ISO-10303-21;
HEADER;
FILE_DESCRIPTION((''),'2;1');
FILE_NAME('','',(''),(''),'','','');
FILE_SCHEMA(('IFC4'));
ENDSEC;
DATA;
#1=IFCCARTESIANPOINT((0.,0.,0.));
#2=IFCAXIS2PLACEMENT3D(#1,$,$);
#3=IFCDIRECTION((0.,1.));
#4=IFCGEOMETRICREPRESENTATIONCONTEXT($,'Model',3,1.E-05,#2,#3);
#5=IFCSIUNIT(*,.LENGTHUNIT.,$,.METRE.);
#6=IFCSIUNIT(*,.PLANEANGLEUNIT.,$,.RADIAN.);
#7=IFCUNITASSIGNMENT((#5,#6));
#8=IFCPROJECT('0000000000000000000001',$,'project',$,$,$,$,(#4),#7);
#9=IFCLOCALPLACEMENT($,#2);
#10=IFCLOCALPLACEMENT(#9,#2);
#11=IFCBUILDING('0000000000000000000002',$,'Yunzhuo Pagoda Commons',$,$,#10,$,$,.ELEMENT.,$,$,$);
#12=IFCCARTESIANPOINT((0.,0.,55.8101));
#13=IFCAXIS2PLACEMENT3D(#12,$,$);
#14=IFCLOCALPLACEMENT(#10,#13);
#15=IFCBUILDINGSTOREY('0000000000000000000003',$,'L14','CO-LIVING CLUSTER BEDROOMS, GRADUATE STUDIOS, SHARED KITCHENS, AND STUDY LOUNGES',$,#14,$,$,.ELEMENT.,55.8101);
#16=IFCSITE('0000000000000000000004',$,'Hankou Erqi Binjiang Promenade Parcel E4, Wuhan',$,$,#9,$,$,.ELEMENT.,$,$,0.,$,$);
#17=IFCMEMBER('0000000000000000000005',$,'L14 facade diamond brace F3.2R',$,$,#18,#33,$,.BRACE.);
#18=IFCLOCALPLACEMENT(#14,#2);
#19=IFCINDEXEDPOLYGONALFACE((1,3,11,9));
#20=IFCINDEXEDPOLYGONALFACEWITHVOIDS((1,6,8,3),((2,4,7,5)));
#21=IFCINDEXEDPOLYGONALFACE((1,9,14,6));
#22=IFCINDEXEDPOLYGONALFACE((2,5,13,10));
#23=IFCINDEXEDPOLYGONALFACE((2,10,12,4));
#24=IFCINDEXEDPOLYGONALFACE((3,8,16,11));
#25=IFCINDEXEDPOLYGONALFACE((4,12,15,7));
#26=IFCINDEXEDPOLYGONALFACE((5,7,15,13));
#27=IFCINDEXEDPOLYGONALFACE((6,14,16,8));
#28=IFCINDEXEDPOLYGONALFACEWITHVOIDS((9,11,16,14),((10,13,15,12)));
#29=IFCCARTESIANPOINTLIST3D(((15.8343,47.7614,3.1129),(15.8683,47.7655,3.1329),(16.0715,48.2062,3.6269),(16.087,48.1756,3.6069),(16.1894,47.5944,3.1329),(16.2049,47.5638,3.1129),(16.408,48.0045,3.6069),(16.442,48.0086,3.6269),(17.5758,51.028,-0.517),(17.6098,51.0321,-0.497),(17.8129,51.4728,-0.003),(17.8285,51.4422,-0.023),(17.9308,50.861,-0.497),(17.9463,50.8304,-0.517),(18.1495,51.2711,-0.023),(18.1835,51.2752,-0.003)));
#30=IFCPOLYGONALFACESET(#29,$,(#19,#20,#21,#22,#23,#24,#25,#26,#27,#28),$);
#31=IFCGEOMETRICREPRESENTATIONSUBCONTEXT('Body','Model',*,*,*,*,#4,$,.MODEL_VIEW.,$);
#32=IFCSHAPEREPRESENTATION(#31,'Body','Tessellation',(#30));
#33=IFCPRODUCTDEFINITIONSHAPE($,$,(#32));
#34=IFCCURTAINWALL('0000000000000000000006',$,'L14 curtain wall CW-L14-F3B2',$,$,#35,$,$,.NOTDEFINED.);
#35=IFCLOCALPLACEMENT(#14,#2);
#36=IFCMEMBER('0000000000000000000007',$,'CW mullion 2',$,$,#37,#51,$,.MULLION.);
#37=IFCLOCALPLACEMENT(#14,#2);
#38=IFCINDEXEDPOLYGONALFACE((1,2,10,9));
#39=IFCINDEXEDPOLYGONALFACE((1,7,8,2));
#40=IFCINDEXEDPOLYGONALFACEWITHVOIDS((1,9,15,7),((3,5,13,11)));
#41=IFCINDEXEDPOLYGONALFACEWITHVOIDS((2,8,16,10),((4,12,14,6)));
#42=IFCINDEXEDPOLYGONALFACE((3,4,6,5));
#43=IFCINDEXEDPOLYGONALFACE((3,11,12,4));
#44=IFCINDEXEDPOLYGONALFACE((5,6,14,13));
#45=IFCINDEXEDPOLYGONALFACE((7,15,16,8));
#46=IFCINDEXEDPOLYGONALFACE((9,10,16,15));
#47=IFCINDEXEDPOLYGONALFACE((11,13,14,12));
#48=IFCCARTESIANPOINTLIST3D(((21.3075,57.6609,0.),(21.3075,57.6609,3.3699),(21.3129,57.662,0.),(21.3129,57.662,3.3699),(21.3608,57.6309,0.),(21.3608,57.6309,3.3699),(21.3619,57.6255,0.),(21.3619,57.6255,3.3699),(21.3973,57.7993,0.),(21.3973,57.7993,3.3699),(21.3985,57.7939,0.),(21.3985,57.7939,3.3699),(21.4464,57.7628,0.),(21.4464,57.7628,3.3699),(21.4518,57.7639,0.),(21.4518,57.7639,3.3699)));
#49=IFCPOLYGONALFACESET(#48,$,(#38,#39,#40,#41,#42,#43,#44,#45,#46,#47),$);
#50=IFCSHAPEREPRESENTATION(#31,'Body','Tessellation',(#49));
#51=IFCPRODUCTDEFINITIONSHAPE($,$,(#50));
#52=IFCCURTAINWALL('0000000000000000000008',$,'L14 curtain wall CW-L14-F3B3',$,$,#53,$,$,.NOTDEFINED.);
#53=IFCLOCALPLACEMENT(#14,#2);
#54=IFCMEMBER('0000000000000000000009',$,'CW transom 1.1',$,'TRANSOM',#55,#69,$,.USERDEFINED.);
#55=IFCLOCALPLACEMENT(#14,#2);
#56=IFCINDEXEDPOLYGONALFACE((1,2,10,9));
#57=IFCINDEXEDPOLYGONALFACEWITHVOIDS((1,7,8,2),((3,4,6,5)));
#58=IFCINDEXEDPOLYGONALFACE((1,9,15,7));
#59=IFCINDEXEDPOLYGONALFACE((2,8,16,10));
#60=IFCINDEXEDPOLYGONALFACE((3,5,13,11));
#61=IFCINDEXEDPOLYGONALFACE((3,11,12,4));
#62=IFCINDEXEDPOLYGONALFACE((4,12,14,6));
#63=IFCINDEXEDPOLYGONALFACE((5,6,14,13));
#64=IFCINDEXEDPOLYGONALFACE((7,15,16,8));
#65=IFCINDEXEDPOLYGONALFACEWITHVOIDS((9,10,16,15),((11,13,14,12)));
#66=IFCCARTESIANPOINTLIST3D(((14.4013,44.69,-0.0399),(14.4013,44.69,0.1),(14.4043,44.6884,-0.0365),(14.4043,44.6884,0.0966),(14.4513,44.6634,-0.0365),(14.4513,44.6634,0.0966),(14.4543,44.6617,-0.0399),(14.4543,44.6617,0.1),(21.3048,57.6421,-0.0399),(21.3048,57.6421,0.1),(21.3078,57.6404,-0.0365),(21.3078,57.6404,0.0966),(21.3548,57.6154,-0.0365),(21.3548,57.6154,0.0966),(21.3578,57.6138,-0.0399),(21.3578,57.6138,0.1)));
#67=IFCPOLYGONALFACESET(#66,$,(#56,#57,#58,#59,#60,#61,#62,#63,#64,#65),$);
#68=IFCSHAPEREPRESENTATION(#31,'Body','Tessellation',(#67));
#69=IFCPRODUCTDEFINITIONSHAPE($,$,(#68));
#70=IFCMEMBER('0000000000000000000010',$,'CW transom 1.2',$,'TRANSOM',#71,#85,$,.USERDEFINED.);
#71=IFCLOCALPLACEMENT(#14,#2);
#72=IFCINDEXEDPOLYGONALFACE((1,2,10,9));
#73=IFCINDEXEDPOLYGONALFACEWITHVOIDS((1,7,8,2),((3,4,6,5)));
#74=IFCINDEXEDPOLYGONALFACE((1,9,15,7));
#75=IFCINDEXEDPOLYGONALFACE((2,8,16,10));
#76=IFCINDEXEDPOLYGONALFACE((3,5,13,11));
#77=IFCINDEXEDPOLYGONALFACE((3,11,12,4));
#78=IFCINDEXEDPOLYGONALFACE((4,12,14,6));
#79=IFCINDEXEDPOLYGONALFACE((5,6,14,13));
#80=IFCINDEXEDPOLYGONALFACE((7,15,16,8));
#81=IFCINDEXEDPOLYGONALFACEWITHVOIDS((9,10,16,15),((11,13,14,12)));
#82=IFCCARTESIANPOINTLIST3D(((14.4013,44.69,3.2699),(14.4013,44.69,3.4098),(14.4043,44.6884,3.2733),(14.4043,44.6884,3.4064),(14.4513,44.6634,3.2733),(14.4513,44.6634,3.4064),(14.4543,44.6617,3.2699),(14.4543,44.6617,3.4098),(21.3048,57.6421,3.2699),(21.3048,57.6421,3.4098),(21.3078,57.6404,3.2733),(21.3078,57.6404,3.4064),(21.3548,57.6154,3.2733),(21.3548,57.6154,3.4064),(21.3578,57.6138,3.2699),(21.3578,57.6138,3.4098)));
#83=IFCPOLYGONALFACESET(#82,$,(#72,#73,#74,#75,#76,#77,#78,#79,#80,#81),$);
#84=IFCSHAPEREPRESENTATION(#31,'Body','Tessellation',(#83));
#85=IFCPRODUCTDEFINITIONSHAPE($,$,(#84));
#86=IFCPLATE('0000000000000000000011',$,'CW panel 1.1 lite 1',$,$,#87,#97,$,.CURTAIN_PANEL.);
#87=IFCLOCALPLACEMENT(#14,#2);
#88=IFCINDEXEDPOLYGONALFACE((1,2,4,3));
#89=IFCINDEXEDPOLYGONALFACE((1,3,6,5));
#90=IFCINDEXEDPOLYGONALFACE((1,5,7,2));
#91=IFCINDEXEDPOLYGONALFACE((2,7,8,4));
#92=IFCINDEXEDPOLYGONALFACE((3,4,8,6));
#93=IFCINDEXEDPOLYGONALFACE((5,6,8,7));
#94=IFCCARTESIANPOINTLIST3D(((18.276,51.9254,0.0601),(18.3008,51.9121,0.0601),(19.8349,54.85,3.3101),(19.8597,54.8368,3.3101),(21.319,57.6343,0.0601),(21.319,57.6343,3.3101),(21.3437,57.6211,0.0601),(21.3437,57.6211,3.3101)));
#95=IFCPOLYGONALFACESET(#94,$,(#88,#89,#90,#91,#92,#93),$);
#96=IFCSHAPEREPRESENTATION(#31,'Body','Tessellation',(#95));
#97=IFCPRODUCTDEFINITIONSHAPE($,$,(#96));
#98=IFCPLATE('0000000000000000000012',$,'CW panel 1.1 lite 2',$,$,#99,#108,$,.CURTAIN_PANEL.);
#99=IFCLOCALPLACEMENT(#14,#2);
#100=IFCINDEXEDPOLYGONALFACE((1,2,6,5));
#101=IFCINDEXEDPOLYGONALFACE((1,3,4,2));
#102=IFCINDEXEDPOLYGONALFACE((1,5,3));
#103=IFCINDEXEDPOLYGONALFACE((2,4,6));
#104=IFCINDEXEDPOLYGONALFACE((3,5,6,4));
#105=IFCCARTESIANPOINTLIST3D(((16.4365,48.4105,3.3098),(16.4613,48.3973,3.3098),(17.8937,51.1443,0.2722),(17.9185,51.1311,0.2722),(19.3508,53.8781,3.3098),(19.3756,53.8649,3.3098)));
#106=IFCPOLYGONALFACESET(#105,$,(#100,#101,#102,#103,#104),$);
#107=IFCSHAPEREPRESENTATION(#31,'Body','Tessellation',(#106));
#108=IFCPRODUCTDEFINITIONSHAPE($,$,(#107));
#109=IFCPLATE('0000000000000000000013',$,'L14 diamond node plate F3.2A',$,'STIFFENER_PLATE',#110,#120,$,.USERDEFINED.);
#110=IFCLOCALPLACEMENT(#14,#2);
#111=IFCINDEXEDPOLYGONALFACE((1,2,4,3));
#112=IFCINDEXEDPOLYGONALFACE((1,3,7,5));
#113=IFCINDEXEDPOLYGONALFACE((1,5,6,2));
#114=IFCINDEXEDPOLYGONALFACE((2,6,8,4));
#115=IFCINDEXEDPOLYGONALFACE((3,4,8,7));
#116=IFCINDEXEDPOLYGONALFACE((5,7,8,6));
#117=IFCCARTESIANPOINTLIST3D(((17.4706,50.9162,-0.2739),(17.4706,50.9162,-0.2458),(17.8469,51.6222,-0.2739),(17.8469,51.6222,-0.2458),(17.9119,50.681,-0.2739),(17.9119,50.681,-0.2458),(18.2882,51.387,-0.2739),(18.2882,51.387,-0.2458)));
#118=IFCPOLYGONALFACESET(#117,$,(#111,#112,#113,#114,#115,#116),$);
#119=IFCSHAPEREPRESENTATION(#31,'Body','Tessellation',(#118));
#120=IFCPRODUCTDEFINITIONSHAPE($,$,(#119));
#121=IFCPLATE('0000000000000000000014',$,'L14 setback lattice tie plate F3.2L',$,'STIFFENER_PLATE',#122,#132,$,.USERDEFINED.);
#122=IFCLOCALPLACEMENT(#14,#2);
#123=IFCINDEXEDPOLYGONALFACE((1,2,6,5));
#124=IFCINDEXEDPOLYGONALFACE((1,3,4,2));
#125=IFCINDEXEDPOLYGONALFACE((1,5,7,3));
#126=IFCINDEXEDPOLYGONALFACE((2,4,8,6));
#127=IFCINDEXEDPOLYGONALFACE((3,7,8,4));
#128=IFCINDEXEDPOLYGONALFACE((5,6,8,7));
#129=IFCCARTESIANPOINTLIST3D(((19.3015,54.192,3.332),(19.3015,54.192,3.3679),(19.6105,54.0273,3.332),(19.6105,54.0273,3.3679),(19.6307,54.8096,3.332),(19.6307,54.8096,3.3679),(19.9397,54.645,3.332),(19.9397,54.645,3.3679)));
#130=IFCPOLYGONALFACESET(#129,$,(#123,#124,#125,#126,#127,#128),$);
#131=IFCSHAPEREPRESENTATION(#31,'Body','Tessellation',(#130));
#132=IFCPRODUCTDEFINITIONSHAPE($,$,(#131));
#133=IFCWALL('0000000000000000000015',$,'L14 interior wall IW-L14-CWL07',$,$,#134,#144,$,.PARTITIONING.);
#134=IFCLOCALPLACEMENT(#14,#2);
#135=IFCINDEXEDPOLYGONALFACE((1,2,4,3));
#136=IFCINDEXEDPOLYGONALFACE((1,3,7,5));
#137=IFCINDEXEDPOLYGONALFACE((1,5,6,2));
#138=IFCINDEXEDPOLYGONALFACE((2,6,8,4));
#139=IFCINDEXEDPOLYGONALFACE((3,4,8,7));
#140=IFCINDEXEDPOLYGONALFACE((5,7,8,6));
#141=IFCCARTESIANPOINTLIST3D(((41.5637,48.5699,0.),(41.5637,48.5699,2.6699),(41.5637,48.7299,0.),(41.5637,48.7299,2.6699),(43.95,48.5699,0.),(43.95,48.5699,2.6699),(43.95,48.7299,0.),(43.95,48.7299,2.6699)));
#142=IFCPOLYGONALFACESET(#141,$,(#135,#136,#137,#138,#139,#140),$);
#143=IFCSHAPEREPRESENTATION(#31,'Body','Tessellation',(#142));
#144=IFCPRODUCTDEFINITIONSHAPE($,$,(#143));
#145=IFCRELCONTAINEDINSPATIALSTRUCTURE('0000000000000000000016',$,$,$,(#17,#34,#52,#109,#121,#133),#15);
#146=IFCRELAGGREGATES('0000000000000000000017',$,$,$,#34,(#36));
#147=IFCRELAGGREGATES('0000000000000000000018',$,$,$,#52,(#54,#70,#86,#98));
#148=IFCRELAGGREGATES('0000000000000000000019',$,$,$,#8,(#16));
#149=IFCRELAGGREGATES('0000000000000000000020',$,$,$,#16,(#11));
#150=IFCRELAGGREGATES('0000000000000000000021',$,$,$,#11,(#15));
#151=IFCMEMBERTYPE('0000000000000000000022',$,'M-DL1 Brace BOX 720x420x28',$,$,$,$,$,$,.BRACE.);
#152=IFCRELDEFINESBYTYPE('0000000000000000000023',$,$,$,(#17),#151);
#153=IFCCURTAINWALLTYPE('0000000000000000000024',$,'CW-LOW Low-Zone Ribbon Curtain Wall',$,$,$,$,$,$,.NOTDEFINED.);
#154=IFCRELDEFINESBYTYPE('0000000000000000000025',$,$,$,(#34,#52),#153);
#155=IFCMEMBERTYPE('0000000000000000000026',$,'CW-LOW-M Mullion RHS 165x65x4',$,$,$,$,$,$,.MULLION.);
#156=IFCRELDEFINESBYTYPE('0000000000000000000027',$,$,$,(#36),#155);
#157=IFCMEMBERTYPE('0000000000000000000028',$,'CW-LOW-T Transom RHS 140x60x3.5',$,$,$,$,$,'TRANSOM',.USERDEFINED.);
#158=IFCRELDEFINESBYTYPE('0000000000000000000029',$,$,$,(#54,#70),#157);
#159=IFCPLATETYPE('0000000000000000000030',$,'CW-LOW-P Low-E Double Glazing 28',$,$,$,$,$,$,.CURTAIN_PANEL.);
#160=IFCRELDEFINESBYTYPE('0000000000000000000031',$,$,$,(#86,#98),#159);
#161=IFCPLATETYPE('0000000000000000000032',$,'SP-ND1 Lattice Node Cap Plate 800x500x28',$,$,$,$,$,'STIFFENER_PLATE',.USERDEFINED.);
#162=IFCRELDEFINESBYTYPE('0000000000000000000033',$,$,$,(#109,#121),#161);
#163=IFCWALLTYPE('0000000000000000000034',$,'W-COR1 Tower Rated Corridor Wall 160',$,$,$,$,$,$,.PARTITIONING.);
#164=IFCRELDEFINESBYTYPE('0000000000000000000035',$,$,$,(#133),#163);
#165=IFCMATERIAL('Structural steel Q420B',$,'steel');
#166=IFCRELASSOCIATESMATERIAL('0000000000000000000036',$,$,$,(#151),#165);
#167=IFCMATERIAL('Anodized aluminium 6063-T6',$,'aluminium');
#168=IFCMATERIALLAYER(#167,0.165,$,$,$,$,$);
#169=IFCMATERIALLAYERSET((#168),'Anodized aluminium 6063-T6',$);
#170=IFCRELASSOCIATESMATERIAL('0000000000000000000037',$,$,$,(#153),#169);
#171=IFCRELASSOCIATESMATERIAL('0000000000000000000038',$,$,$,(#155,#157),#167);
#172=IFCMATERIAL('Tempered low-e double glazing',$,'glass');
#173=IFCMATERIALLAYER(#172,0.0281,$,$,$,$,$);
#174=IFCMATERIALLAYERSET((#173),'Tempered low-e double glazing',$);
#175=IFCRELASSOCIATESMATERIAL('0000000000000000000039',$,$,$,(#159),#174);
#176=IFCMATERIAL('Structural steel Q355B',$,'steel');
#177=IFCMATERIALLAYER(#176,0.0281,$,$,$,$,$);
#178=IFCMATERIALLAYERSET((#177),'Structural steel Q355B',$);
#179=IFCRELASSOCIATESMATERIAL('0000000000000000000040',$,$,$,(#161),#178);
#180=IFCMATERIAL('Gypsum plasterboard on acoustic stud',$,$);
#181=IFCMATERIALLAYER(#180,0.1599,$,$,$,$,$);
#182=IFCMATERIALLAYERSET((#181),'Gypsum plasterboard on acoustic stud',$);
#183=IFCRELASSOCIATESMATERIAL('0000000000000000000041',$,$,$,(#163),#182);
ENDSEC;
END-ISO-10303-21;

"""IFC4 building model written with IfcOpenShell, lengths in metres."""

from ifc_helpers import new_model, si_unit, direction, frame, frame_2d, origin, origin_2d, place, context, subcontext, project, spatial, polyline, rectangle, hollow_rectangle, outline, extrude, source, transform, mapped, material, layer, layer_set, material_profile, profile_set, type_object, element, aggregate, save


model = new_model("IFC4")

# Units and contexts
model_context = context("Model", 3, precision=1e-05, world=origin(), true_north=direction((0.0, 1.0)))
body_context = subcontext(model_context, "Body", "Model", "MODEL_VIEW")
ifc_project = project(units=[si_unit("LENGTHUNIT", "METRE"), si_unit("PLANEANGLEUNIT", "RADIAN")], contexts=[model_context])

# Site, building, storey
site_placement = place(None, origin())
site = spatial("IfcSite", under=ifc_project, at=site_placement, Name="Hankou Erqi Binjiang Promenade Parcel E4, Wuhan", CompositionType="ELEMENT", RefElevation=0.0)
building_placement = place(site_placement, origin())
building = spatial("IfcBuilding", under=site, at=building_placement, Name="Yunzhuo Pagoda Commons", CompositionType="ELEMENT")
storey_placement = place(building_placement, frame((0.0, 0.0, 55.8101)))
storey = spatial("IfcBuildingStorey", under=building, at=storey_placement, Name="L14", Description="CO-LIVING CLUSTER BEDROOMS, GRADUATE STUDIOS, SHARED KITCHENS, AND STUDY LOUNGES", CompositionType="ELEMENT", Elevation=55.8101)

# Shared definitions
ifc_material_1 = material(Name="Structural steel Q420B", Category="steel")

# Shared definitions
ifc_material_2 = material(Name="Structural steel Q355B", Category="steel")

# Member
ifc_material_profile_1 = material_profile(ifc_material_1, hollow_rectangle(XDim=0.4199, YDim=0.72, WallThickness=0.0281, at=origin_2d()), Name="Structural steel Q420B")
ifc_profile_set_1 = profile_set([ifc_material_profile_1], Name="Structural steel Q420B")
member_type_1 = type_object("IfcMemberType", Name="M-DL1 Brace BOX 720x420x28", PredefinedType="BRACE", material=ifc_profile_set_1)
shared_shape_1 = source(origin(), body_context, "Body", "SweptSolid", [
    extrude(hollow_rectangle(XDim=0.4199, YDim=0.72, WallThickness=0.0281, at=origin_2d()), origin(), (0.0, 0.0, 1.0), 5.1846),
])
for number, where, z_axis, x_axis, name in (
    (1, (17.8796, 51.1516, -0.26), (-0.335894, -0.630066, 0.700137), (0.882435, -0.470434, 0.0), "L14 facade diamond brace F3.2R"),
):
    element("IfcMember", number, at=place(storey_placement, frame(where, z_axis=z_axis, x_axis=x_axis)), inside=storey, type_object=member_type_1, Name=name, PredefinedType="BRACE", context=body_context, shape_type="MappedRepresentation", body=[
        mapped(shared_shape_1, transform((0.0, 0.0, 0.0), scale=1.0)),
    ])

# Curtain wall, member
ifc_material_3 = material(Name="Anodized aluminium 6063-T6", Category="aluminium")
ifc_layer_1 = layer(ifc_material_3, 0.165)
ifc_layer_set_1 = layer_set([ifc_layer_1], Name="Anodized aluminium 6063-T6")
curtain_wall_type = type_object("IfcCurtainWallType", Name="CW-LOW Low-Zone Ribbon Curtain Wall", PredefinedType="NOTDEFINED", material=ifc_layer_set_1)
curtain_wall_1_placement = place(storey_placement, origin())
curtain_wall_1 = element("IfcCurtainWall", 2, at=curtain_wall_1_placement, inside=storey, type_object=curtain_wall_type, Name="L14 curtain wall CW-L14-F3B2", PredefinedType="NOTDEFINED")
ifc_material_profile_2 = material_profile(ifc_material_3, hollow_rectangle(XDim=0.0649, YDim=0.165, WallThickness=0.0039, at=origin_2d()), Name="Anodized aluminium 6063-T6")
ifc_profile_set_2 = profile_set([ifc_material_profile_2], Name="Anodized aluminium 6063-T6")
member_type_2 = type_object("IfcMemberType", Name="CW-LOW-M Mullion RHS 165x65x4", PredefinedType="MULLION", material=ifc_profile_set_2)
shared_shape_2 = source(origin(), body_context, "Body", "SweptSolid", [
    extrude(hollow_rectangle(XDim=0.0649, YDim=0.165, WallThickness=0.0039, at=origin_2d()), origin(), (0.0, 0.0, 1.0), 3.3699),
])
member_1_placement = place(storey_placement, frame((21.3796, 57.7124, 0.0), z_axis=(0.0, 0.0, 1.0), x_axis=(0.838777, -0.544476, 0.0)))
member_1 = element("IfcMember", 3, at=member_1_placement, type_object=member_type_2, Name="CW mullion 2", PredefinedType="MULLION", context=body_context, shape_type="MappedRepresentation", body=[
    mapped(shared_shape_2, transform((0.0, 0.0, 0.0), scale=1.0)),
])
aggregate(curtain_wall_1, [member_1])

# Curtain wall, members, plates
curtain_wall_2_placement = place(storey_placement, origin())
curtain_wall_2 = element("IfcCurtainWall", 4, at=curtain_wall_2_placement, inside=storey, type_object=curtain_wall_type, Name="L14 curtain wall CW-L14-F3B3", PredefinedType="NOTDEFINED")
ifc_material_profile_3 = material_profile(ifc_material_3, hollow_rectangle(XDim=0.0601, YDim=0.1399, WallThickness=0.0034, at=origin_2d()), Name="Anodized aluminium 6063-T6")
ifc_profile_set_3 = profile_set([ifc_material_profile_3], Name="Anodized aluminium 6063-T6")
member_type_3 = type_object("IfcMemberType", Name="CW-LOW-T Transom RHS 140x60x3.5", ElementType="TRANSOM", PredefinedType="USERDEFINED", material=ifc_profile_set_3)
shared_shape_3 = source(origin(), body_context, "Body", "SweptSolid", [
    extrude(hollow_rectangle(XDim=0.0601, YDim=0.1399, WallThickness=0.0034, at=origin_2d()), origin(), (0.0, 0.0, 1.0), 14.677),
])
member_2_placement = place(storey_placement, frame((21.3313, 57.6279, 0.03), z_axis=(-0.470363, -0.882473, 0.0), x_axis=(0.882473, -0.470363, 0.0)))
member_2 = element("IfcMember", 5, at=member_2_placement, type_object=member_type_3, Name="CW transom 1.1", ObjectType="TRANSOM", PredefinedType="USERDEFINED", context=body_context, shape_type="MappedRepresentation", body=[
    mapped(shared_shape_3, transform((0.0, 0.0, 0.0), scale=1.0)),
])
member_3_placement = place(storey_placement, frame((21.3313, 57.6279, 3.3398), z_axis=(-0.470363, -0.882473, 0.0), x_axis=(0.882473, -0.470363, 0.0)))
member_3 = element("IfcMember", 6, at=member_3_placement, type_object=member_type_3, Name="CW transom 1.2", ObjectType="TRANSOM", PredefinedType="USERDEFINED", context=body_context, shape_type="MappedRepresentation", body=[
    mapped(shared_shape_3, transform((0.0, 0.0, 0.0), scale=1.0)),
])
ifc_material_4 = material(Name="Tempered low-e double glazing", Category="glass")
ifc_layer_2 = layer(ifc_material_4, 0.0281)
ifc_layer_set_2 = layer_set([ifc_layer_2], Name="Tempered low-e double glazing")
plate_type_1 = type_object("IfcPlateType", Name="CW-LOW-P Low-E Double Glazing 28", PredefinedType="CURTAIN_PANEL", material=ifc_layer_set_2)
plate_1_placement = place(storey_placement, frame((19.8223, 54.7666, 1.6851), z_axis=(-0.88247, 0.470369, 0.0), x_axis=(-0.470369, -0.88247, 0.0)))
plate_1 = element("IfcPlate", 7, at=plate_1_placement, type_object=plate_type_1, Name="CW panel 1.1 lite 1", PredefinedType="CURTAIN_PANEL", context=body_context, shape_type="SweptSolid", body=[
    extrude(outline(polyline([(-3.2346, -1.625), (3.2346, -1.625), (-0.0796, 1.625), (-3.2346, 1.625), (-3.2346, -1.625)])), origin(), (0.0, 0.0, 1.0), 0.0281),
])
plate_2_placement = place(storey_placement, frame((17.9185, 51.1311, 1.791), z_axis=(-0.88247, 0.470369, 0.0), x_axis=(-0.470369, -0.88247, 0.0)))
plate_2 = element("IfcPlate", 8, at=plate_2_placement, type_object=plate_type_1, Name="CW panel 1.1 lite 2", PredefinedType="CURTAIN_PANEL", context=body_context, shape_type="SweptSolid", body=[
    extrude(outline(polyline([(-3.0979, 1.5188), (0.0, -1.5188), (3.0979, 1.5188), (-3.0979, 1.5188)])), origin(), (0.0, 0.0, 1.0), 0.0281),
])
aggregate(curtain_wall_2, [member_2, member_3, plate_1, plate_2])

# Plates
ifc_layer_3 = layer(ifc_material_2, 0.0281)
ifc_layer_set_3 = layer_set([ifc_layer_3], Name="Structural steel Q355B")
plate_type_2 = type_object("IfcPlateType", Name="SP-ND1 Lattice Node Cap Plate 800x500x28", ElementType="STIFFENER_PLATE", PredefinedType="USERDEFINED", material=ifc_layer_set_3)
shared_shape_4 = source(origin(), body_context, "Body", "SweptSolid", [
    extrude(rectangle(XDim=0.8, YDim=0.5, at=origin_2d()), origin(), (0.0, 0.0, 1.0), 0.0281),
])
plate_3_placement = place(storey_placement, frame((17.8794, 51.1516, -0.2739), z_axis=(0.0, 0.0, 1.0), x_axis=(-0.470365, -0.882472, 0.0)))
element("IfcPlate", 9, at=plate_3_placement, inside=storey, type_object=plate_type_2, Name="L14 diamond node plate F3.2A", ObjectType="STIFFENER_PLATE", PredefinedType="USERDEFINED", context=body_context, shape_type="MappedRepresentation", body=[
    mapped(shared_shape_4, transform((0.0, 0.0, 0.0), scale=1.0)),
])
shared_shape_5 = source(origin(), body_context, "Body", "SweptSolid", [
    extrude(rectangle(XDim=0.7, YDim=0.3501, at=origin_2d()), origin(), (0.0, 0.0, 1.0), 0.0359),
])
plate_4_placement = place(storey_placement, frame((19.6206, 54.4185, 3.332), z_axis=(0.0, 0.0, 1.0), x_axis=(-0.470365, -0.882472, 0.0)))
element("IfcPlate", 10, at=plate_4_placement, inside=storey, type_object=plate_type_2, Name="L14 setback lattice tie plate F3.2L", ObjectType="STIFFENER_PLATE", PredefinedType="USERDEFINED", context=body_context, shape_type="MappedRepresentation", body=[
    mapped(shared_shape_5, transform((0.0, 0.0, 0.0), scale=1.0)),
])

# Wall
ifc_material_5 = material(Name="Gypsum plasterboard on acoustic stud")
ifc_layer_4 = layer(ifc_material_5, 0.1599)
ifc_layer_set_4 = layer_set([ifc_layer_4], Name="Gypsum plasterboard on acoustic stud")
wall_type_1 = type_object("IfcWallType", Name="W-COR1 Tower Rated Corridor Wall 160", PredefinedType="PARTITIONING", material=ifc_layer_set_4)
wall_1_placement = place(storey_placement, frame((41.5637, 48.6499, 0.0), z_axis=(0.0, 0.0, 1.0), x_axis=(1.0, 0.0, 0.0)))
element("IfcWall", 11, at=wall_1_placement, inside=storey, type_object=wall_type_1, Name="L14 interior wall IW-L14-CWL07", PredefinedType="PARTITIONING", context=body_context, shape_type="SweptSolid", body=[
    extrude(rectangle(XDim=2.3862, YDim=0.1599, at=frame_2d((1.1931, 0.0))), origin(), (0.0, 0.0, 1.0), 2.6699),
])

save(model, "model.ifc")
